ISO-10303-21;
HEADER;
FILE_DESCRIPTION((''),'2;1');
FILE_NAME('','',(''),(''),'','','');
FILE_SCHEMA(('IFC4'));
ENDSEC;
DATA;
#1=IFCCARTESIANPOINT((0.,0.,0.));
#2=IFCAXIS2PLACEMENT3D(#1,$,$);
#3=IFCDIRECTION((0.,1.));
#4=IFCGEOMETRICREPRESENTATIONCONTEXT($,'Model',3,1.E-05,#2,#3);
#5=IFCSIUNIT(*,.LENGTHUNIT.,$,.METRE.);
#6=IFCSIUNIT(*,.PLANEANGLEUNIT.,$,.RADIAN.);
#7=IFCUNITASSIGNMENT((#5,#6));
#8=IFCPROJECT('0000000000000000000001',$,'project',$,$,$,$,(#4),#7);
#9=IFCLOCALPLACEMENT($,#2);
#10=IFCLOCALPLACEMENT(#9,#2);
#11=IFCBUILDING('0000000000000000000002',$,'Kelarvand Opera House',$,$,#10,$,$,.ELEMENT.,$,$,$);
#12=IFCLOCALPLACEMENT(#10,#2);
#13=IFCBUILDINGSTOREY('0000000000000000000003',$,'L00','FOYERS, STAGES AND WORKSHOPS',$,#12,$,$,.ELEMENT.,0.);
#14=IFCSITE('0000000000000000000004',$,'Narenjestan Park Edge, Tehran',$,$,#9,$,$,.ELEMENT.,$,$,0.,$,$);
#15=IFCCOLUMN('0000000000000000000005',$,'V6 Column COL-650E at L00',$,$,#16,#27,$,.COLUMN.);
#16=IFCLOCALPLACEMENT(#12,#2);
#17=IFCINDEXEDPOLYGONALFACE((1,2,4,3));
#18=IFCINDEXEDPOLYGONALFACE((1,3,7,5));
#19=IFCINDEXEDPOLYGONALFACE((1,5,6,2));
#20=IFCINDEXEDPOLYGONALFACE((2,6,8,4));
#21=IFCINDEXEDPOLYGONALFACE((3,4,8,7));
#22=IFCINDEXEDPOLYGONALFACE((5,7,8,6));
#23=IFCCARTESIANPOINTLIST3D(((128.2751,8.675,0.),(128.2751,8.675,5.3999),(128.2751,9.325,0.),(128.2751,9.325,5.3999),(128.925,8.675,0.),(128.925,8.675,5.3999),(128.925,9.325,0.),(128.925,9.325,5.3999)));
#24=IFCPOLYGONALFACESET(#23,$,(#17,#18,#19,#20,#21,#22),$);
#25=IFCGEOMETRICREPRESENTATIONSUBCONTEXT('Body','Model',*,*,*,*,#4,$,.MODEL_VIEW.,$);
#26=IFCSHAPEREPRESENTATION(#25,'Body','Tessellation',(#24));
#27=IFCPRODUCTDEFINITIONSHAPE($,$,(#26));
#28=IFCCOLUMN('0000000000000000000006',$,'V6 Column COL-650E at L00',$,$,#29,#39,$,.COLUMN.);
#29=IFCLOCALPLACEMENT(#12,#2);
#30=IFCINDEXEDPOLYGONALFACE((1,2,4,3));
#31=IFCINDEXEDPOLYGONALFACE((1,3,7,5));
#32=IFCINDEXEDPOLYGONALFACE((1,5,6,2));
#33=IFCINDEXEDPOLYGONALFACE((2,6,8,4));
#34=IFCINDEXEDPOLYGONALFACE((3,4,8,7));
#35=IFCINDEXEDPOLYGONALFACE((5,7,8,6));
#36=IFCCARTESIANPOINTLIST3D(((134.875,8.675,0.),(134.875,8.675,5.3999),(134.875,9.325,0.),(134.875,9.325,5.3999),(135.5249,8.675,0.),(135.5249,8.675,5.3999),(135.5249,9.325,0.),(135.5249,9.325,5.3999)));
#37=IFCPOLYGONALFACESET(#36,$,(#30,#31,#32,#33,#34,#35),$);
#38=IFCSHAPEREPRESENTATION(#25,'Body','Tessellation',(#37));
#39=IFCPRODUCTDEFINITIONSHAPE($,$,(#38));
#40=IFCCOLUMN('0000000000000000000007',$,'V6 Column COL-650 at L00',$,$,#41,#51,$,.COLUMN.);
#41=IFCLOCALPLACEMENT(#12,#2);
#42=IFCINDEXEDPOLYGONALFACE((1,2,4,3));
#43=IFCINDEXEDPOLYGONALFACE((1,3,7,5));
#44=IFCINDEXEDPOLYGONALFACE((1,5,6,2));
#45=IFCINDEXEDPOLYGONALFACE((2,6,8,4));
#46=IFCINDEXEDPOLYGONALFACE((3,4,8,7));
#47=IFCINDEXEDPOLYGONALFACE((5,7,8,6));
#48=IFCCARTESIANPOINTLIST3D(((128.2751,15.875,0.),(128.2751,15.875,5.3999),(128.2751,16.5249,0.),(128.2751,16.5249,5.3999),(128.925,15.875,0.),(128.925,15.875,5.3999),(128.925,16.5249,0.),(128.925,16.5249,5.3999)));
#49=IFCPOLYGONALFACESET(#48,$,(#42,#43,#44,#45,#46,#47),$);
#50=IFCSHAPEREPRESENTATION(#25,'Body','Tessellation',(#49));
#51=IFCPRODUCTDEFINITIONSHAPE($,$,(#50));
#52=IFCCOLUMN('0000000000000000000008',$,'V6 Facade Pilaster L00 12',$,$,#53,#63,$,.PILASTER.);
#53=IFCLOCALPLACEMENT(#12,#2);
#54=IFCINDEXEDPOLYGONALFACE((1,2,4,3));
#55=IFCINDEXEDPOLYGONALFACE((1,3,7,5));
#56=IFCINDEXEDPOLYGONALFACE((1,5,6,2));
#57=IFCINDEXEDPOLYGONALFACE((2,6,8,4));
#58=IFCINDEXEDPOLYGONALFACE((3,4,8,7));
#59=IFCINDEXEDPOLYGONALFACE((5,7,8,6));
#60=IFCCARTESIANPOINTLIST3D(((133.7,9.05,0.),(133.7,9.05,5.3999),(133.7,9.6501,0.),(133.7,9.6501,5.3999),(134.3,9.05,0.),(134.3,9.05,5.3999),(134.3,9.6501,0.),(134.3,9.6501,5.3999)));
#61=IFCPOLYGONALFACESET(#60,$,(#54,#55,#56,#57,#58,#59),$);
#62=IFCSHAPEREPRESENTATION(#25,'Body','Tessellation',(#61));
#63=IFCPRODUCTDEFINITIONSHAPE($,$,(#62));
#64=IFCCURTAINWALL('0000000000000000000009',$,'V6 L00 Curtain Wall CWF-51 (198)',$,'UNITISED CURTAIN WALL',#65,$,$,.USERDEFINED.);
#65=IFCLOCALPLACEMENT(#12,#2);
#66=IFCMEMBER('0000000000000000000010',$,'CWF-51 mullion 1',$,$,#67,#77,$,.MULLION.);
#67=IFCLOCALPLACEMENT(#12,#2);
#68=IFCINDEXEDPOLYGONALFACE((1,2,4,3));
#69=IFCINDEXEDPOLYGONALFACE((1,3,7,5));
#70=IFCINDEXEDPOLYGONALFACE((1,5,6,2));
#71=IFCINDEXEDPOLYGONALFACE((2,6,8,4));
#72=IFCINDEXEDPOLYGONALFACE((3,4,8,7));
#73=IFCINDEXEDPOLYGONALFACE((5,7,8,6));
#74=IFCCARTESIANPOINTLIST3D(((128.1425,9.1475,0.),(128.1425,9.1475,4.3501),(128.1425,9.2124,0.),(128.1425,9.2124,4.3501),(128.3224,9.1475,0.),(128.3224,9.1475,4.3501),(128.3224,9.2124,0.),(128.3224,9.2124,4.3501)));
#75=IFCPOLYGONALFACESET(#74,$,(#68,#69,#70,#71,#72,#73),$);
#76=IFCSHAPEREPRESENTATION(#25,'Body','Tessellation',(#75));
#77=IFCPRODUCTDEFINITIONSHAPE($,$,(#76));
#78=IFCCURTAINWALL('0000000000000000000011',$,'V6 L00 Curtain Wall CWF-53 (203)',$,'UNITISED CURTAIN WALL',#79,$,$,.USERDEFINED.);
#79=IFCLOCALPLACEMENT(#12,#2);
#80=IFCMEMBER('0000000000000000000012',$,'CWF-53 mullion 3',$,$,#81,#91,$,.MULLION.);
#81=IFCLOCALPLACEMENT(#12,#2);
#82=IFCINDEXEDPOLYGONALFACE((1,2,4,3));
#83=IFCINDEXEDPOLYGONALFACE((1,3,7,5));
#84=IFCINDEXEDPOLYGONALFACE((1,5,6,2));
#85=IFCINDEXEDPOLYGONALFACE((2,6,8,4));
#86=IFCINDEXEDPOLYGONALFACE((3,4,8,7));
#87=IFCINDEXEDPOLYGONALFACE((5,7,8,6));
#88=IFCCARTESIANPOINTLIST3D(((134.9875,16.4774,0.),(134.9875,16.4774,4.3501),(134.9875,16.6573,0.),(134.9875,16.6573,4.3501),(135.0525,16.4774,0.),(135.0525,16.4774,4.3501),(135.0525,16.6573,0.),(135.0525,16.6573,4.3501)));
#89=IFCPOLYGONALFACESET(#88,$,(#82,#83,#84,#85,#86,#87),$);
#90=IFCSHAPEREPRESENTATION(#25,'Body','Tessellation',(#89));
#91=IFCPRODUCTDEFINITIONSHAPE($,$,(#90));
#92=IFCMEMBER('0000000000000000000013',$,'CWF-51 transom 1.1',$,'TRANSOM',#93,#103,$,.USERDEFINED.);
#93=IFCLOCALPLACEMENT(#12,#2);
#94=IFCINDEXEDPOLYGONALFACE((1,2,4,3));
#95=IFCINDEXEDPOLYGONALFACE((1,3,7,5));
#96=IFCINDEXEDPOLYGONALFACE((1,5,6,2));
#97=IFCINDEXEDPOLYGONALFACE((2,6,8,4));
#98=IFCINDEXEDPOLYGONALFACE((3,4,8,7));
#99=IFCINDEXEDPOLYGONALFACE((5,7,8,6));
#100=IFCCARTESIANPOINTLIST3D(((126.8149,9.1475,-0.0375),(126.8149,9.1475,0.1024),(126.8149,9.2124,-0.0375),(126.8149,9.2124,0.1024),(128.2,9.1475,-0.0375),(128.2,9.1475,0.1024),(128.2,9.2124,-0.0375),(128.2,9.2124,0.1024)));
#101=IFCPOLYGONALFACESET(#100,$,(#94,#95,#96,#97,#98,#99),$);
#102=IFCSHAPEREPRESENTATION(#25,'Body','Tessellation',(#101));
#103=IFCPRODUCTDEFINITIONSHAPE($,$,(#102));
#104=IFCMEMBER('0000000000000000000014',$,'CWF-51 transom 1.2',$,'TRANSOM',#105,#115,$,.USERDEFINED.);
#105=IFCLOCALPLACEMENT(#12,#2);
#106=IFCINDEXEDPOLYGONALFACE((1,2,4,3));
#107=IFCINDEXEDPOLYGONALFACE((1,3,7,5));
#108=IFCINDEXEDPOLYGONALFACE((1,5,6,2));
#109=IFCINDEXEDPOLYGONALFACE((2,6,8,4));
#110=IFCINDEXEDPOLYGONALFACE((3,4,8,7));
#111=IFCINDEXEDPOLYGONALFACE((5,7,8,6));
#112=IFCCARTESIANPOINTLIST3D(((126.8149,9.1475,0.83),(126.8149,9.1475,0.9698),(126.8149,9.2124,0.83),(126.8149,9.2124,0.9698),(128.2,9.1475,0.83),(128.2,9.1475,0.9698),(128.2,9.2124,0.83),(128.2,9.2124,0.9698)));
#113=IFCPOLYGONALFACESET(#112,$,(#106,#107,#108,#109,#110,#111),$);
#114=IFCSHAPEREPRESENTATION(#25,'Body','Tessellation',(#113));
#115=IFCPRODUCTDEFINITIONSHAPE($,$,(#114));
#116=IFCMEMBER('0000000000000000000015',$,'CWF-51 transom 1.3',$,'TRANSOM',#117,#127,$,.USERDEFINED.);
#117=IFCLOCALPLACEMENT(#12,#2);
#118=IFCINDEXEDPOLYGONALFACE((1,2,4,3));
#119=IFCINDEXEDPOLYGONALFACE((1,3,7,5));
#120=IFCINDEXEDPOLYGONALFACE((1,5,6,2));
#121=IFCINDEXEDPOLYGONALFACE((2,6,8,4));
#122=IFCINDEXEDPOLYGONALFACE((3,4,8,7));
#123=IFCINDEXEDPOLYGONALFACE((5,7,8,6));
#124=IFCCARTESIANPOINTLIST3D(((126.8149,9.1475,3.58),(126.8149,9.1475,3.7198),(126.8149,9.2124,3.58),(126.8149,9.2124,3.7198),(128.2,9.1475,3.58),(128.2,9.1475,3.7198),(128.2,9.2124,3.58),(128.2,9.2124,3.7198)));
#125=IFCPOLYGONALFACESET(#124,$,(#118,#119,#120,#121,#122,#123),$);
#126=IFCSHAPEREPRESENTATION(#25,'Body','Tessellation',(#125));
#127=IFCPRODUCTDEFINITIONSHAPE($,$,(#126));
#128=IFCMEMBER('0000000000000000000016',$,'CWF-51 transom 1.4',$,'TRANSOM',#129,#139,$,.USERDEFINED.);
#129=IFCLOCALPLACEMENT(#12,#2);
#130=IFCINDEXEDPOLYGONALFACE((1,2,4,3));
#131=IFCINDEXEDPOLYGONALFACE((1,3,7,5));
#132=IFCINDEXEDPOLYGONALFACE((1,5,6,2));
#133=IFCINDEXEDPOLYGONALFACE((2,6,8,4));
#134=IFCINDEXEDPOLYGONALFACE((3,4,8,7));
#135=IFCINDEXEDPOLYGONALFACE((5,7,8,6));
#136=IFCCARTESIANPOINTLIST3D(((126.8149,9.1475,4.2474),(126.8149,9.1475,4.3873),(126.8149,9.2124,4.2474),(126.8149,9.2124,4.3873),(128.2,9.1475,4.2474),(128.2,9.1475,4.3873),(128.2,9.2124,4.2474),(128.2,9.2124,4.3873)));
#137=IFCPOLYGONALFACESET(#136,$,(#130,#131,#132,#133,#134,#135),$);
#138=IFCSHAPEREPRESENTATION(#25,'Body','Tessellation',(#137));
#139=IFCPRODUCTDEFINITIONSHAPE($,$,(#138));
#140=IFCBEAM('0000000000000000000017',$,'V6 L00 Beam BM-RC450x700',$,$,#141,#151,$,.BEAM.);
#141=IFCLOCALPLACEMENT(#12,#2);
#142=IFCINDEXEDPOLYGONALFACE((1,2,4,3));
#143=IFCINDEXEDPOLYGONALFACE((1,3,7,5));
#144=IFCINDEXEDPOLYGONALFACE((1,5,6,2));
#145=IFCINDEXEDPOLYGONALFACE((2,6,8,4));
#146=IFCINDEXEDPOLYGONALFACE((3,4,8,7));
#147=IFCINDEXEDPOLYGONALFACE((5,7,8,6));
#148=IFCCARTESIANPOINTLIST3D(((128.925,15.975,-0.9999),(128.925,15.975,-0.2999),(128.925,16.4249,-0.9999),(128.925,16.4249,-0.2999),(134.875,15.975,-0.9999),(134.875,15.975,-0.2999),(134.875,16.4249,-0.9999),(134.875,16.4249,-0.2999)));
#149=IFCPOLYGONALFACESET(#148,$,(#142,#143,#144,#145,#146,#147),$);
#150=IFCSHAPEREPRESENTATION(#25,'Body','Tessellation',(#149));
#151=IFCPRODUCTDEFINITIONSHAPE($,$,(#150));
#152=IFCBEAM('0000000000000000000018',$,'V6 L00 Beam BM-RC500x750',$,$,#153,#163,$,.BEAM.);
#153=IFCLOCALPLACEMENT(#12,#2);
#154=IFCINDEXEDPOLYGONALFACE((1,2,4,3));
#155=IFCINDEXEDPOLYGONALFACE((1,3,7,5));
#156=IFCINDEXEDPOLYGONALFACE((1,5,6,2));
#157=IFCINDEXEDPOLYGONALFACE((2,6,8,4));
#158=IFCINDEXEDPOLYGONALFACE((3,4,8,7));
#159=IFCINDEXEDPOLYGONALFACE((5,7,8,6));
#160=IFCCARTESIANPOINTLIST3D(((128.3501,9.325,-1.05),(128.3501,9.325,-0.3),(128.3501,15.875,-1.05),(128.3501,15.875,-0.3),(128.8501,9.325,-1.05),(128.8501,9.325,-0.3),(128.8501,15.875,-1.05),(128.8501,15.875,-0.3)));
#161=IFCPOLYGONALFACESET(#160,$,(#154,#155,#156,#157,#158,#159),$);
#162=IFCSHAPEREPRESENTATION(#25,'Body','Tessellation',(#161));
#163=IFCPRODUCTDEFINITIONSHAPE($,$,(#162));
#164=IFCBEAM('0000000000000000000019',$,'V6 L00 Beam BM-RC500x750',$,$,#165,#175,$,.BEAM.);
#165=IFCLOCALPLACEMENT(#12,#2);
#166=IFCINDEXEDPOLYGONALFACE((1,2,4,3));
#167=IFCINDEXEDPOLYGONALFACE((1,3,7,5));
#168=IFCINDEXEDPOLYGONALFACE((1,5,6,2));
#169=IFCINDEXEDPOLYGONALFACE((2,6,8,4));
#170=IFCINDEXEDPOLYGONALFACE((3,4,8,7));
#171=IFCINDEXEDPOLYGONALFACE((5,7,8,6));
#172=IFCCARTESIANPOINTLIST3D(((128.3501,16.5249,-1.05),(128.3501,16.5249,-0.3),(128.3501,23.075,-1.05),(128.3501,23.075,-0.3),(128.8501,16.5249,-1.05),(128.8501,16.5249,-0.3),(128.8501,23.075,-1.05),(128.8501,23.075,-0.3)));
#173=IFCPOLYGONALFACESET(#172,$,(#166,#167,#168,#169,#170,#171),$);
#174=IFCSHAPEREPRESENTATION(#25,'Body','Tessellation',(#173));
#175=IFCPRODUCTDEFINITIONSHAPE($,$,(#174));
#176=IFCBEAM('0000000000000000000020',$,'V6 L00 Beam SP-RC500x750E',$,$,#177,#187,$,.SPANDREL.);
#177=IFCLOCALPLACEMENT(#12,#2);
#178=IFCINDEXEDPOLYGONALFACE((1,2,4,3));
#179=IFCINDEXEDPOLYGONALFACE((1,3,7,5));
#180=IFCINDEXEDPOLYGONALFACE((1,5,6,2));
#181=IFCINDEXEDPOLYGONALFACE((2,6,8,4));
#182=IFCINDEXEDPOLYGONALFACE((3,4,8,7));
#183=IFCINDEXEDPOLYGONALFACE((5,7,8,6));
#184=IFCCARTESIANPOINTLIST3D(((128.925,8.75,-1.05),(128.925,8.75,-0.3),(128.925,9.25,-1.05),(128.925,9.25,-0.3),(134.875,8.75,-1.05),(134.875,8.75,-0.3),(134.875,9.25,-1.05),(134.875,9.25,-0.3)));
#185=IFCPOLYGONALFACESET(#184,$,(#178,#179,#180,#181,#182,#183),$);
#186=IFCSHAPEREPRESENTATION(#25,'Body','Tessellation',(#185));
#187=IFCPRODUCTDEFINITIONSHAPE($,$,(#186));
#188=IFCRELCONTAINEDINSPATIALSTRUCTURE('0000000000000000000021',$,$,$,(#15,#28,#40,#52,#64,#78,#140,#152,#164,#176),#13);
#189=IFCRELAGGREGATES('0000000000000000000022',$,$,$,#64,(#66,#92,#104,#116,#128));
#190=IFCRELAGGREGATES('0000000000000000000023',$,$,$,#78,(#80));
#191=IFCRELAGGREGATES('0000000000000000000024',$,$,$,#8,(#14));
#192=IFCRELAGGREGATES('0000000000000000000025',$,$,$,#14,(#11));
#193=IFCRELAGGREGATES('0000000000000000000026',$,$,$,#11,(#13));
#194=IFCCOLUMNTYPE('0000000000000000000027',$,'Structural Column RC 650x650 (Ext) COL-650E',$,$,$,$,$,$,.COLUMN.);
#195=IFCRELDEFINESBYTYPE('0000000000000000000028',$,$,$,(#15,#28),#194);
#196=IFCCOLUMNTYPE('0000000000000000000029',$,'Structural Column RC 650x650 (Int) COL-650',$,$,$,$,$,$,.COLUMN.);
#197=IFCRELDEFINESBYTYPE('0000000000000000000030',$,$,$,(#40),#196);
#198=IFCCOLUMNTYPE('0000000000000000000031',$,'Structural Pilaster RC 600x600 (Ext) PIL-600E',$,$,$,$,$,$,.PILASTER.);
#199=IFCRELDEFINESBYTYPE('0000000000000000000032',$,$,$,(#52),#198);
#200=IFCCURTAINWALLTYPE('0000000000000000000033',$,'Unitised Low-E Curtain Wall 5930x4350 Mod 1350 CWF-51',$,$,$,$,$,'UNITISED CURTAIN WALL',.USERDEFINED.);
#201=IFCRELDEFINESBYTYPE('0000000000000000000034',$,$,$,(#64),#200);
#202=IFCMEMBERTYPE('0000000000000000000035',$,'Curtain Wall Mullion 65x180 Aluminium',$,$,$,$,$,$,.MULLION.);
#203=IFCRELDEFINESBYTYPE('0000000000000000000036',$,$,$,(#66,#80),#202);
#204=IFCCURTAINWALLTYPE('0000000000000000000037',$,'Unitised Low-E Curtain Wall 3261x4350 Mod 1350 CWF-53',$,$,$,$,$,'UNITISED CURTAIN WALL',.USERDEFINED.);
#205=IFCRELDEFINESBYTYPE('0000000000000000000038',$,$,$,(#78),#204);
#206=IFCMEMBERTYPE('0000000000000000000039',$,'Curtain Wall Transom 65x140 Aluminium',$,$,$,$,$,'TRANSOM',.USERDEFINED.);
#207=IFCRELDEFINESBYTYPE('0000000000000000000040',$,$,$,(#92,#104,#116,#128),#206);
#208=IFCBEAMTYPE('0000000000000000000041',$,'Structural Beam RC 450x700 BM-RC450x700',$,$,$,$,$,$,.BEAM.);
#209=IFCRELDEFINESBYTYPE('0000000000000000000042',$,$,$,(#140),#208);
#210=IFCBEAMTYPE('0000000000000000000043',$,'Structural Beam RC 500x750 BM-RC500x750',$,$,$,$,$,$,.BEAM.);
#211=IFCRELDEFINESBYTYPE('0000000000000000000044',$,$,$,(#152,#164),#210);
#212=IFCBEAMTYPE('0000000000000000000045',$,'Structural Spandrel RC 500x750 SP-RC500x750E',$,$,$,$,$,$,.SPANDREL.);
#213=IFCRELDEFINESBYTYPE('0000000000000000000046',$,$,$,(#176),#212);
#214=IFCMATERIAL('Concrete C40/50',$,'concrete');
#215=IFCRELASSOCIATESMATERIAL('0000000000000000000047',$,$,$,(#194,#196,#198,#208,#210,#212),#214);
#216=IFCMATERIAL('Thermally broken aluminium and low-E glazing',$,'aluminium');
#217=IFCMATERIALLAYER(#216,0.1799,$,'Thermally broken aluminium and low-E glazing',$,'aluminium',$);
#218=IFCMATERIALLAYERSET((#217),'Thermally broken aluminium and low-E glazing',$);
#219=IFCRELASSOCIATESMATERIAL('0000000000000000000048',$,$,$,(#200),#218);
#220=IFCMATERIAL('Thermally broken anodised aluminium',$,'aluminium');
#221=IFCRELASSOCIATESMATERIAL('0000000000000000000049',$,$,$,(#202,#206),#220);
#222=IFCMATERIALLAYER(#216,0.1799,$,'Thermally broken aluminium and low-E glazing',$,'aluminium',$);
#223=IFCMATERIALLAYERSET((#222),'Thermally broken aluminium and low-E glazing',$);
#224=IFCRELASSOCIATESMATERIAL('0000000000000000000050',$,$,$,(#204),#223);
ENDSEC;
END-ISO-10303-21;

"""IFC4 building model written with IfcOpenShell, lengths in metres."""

from ifc_helpers import new_model, si_unit, direction, frame, origin, origin_2d, place, context, subcontext, project, spatial, rectangle, extrude, material, layer, layer_set, material_profile, profile_set, type_object, element, aggregate, save


model = new_model("IFC4")

# Units and contexts
model_context = context("Model", 3, precision=1e-05, world=origin(), true_north=direction((0.0, 1.0)))
body_context = subcontext(model_context, "Body", "Model", "MODEL_VIEW")
ifc_project = project(units=[si_unit("LENGTHUNIT", "METRE"), si_unit("PLANEANGLEUNIT", "RADIAN")], contexts=[model_context])

# Site, building, storey
site_placement = place(None, origin())
site = spatial("IfcSite", under=ifc_project, at=site_placement, Name="Narenjestan Park Edge, Tehran", CompositionType="ELEMENT", RefElevation=0.0)
building_placement = place(site_placement, origin())
building = spatial("IfcBuilding", under=site, at=building_placement, Name="Kelarvand Opera House", CompositionType="ELEMENT")
storey_placement = place(building_placement, origin())
storey = spatial("IfcBuildingStorey", under=building, at=storey_placement, Name="L00", Description="FOYERS, STAGES AND WORKSHOPS", CompositionType="ELEMENT", Elevation=0.0)

# Columns
ifc_material_1 = material(Name="Concrete C40/50", Category="concrete")
ifc_material_profile_1 = material_profile(ifc_material_1, rectangle(XDim=0.6499, YDim=0.6499, at=origin_2d()), Name="RC 650x650", Category="concrete")
ifc_profile_set_1 = profile_set([ifc_material_profile_1], Name="Concrete C40/50")
column_type_1 = type_object("IfcColumnType", Name="Structural Column RC 650x650 (Ext) COL-650E", PredefinedType="COLUMN", material=ifc_profile_set_1)
for number, where, z_axis, x_axis, name in (
    (1, (128.6001, 9.0, 0.0), (0.0, 0.0, 1.0), (1.0, 0.0, 0.0), "V6 Column COL-650E at L00"),
    (2, (135.2, 9.0, 0.0), (0.0, 0.0, 1.0), (1.0, 0.0, 0.0), "V6 Column COL-650E at L00"),
):
    element("IfcColumn", number, at=place(storey_placement, frame(where, z_axis=z_axis, x_axis=x_axis)), inside=storey, type_object=column_type_1, Name=name, PredefinedType="COLUMN", context=body_context, shape_type="SweptSolid", body=[
        extrude(rectangle(XDim=0.6499, YDim=0.6499, at=origin_2d()), origin(), (0.0, 0.0, 1.0), 5.3999),
    ])
ifc_material_profile_2 = material_profile(ifc_material_1, rectangle(XDim=0.6499, YDim=0.6499, at=origin_2d()), Name="RC 650x650", Category="concrete")
ifc_profile_set_2 = profile_set([ifc_material_profile_2], Name="Concrete C40/50")
column_type_2 = type_object("IfcColumnType", Name="Structural Column RC 650x650 (Int) COL-650", PredefinedType="COLUMN", material=ifc_profile_set_2)
column_1_placement = place(storey_placement, frame((128.6001, 16.2, 0.0), z_axis=(0.0, 0.0, 1.0), x_axis=(1.0, 0.0, 0.0)))
element("IfcColumn", 3, at=column_1_placement, inside=storey, type_object=column_type_2, Name="V6 Column COL-650 at L00", PredefinedType="COLUMN", context=body_context, shape_type="SweptSolid", body=[
    extrude(rectangle(XDim=0.6499, YDim=0.6499, at=origin_2d()), origin(), (0.0, 0.0, 1.0), 5.3999),
])
ifc_material_profile_3 = material_profile(ifc_material_1, rectangle(XDim=0.6001, YDim=0.6001, at=origin_2d()), Name="RC 600x600", Category="concrete")
ifc_profile_set_3 = profile_set([ifc_material_profile_3], Name="Concrete C40/50")
column_type_3 = type_object("IfcColumnType", Name="Structural Pilaster RC 600x600 (Ext) PIL-600E", PredefinedType="PILASTER", material=ifc_profile_set_3)
column_2_placement = place(storey_placement, frame((134.0, 9.3501, 0.0), z_axis=(0.0, 0.0, 1.0), x_axis=(1.0, 0.0, 0.0)))
element("IfcColumn", 4, at=column_2_placement, inside=storey, type_object=column_type_3, Name="V6 Facade Pilaster L00 12", PredefinedType="PILASTER", context=body_context, shape_type="SweptSolid", body=[
    extrude(rectangle(XDim=0.6001, YDim=0.6001, at=origin_2d()), origin(), (0.0, 0.0, 1.0), 5.3999),
])

# Curtain walls, members
ifc_material_2 = material(Name="Thermally broken aluminium and low-E glazing", Category="aluminium")
ifc_layer_1 = layer(ifc_material_2, 0.1799, Name="Thermally broken aluminium and low-E glazing", Category="aluminium")
ifc_layer_set_1 = layer_set([ifc_layer_1], Name="Thermally broken aluminium and low-E glazing")
curtain_wall_type_1 = type_object("IfcCurtainWallType", Name="Unitised Low-E Curtain Wall 5930x4350 Mod 1350 CWF-51", ElementType="UNITISED CURTAIN WALL", PredefinedType="USERDEFINED", material=ifc_layer_set_1)
curtain_wall_1_placement = place(storey_placement, origin())
curtain_wall_1 = element("IfcCurtainWall", 5, at=curtain_wall_1_placement, inside=storey, type_object=curtain_wall_type_1, Name="V6 L00 Curtain Wall CWF-51 (198)", ObjectType="UNITISED CURTAIN WALL", PredefinedType="USERDEFINED")
ifc_material_3 = material(Name="Thermally broken anodised aluminium", Category="aluminium")
ifc_material_profile_4 = material_profile(ifc_material_3, rectangle(XDim=0.0649, YDim=0.1799, at=origin_2d()), Name="ALU MULLION 65x180", Category="aluminium")
ifc_profile_set_4 = profile_set([ifc_material_profile_4], Name="Thermally broken anodised aluminium")
member_type_1 = type_object("IfcMemberType", Name="Curtain Wall Mullion 65x180 Aluminium", PredefinedType="MULLION", material=ifc_profile_set_4)
member_1_placement = place(storey_placement, frame((128.2324, 9.1799, 0.0), z_axis=(0.0, 0.0, 1.0), x_axis=(0.0, -1.0, 0.0)))
member_1 = element("IfcMember", 6, at=member_1_placement, type_object=member_type_1, Name="CWF-51 mullion 1", PredefinedType="MULLION", context=body_context, shape_type="SweptSolid", body=[
    extrude(rectangle(XDim=0.0649, YDim=0.1799, at=origin_2d()), origin(), (0.0, 0.0, 1.0), 4.3501),
])
ifc_layer_2 = layer(ifc_material_2, 0.1799, Name="Thermally broken aluminium and low-E glazing", Category="aluminium")
ifc_layer_set_2 = layer_set([ifc_layer_2], Name="Thermally broken aluminium and low-E glazing")
curtain_wall_type_2 = type_object("IfcCurtainWallType", Name="Unitised Low-E Curtain Wall 3261x4350 Mod 1350 CWF-53", ElementType="UNITISED CURTAIN WALL", PredefinedType="USERDEFINED", material=ifc_layer_set_2)
curtain_wall_2_placement = place(storey_placement, origin())
curtain_wall_2 = element("IfcCurtainWall", 7, at=curtain_wall_2_placement, inside=storey, type_object=curtain_wall_type_2, Name="V6 L00 Curtain Wall CWF-53 (203)", ObjectType="UNITISED CURTAIN WALL", PredefinedType="USERDEFINED")
member_2_placement = place(storey_placement, frame((135.02, 16.5674, 0.0), z_axis=(0.0, 0.0, 1.0), x_axis=(1.0, 0.0, 0.0)))
member_2 = element("IfcMember", 8, at=member_2_placement, type_object=member_type_1, Name="CWF-53 mullion 3", PredefinedType="MULLION", context=body_context, shape_type="SweptSolid", body=[
    extrude(rectangle(XDim=0.0649, YDim=0.1799, at=origin_2d()), origin(), (0.0, 0.0, 1.0), 4.3501),
])

# Members
ifc_material_profile_5 = material_profile(ifc_material_3, rectangle(XDim=0.0649, YDim=0.1399, at=origin_2d()), Name="ALU TRANSOM 65x140", Category="aluminium")
ifc_profile_set_5 = profile_set([ifc_material_profile_5], Name="Thermally broken anodised aluminium")
member_type_2 = type_object("IfcMemberType", Name="Curtain Wall Transom 65x140 Aluminium", ElementType="TRANSOM", PredefinedType="USERDEFINED", material=ifc_profile_set_5)
member_3_placement = place(storey_placement, frame((128.2, 9.1799, 0.0325), z_axis=(-1.0, 0.0, 0.0), x_axis=(0.0, -1.0, 0.0)))
member_3 = element("IfcMember", 9, at=member_3_placement, type_object=member_type_2, Name="CWF-51 transom 1.1", ObjectType="TRANSOM", PredefinedType="USERDEFINED", context=body_context, shape_type="SweptSolid", body=[
    extrude(rectangle(XDim=0.0649, YDim=0.1399, at=origin_2d()), origin(), (0.0, 0.0, 1.0), 1.385),
])
member_4_placement = place(storey_placement, frame((128.2, 9.1799, 0.8999), z_axis=(-1.0, 0.0, 0.0), x_axis=(0.0, -1.0, 0.0)))
member_4 = element("IfcMember", 10, at=member_4_placement, type_object=member_type_2, Name="CWF-51 transom 1.2", ObjectType="TRANSOM", PredefinedType="USERDEFINED", context=body_context, shape_type="SweptSolid", body=[
    extrude(rectangle(XDim=0.0649, YDim=0.1399, at=origin_2d()), origin(), (0.0, 0.0, 1.0), 1.385),
])
member_5_placement = place(storey_placement, frame((128.2, 9.1799, 3.6499), z_axis=(-1.0, 0.0, 0.0), x_axis=(0.0, -1.0, 0.0)))
member_5 = element("IfcMember", 11, at=member_5_placement, type_object=member_type_2, Name="CWF-51 transom 1.3", ObjectType="TRANSOM", PredefinedType="USERDEFINED", context=body_context, shape_type="SweptSolid", body=[
    extrude(rectangle(XDim=0.0649, YDim=0.1399, at=origin_2d()), origin(), (0.0, 0.0, 1.0), 1.385),
])
member_6_placement = place(storey_placement, frame((128.2, 9.1799, 4.3174), z_axis=(-1.0, 0.0, 0.0), x_axis=(0.0, -1.0, 0.0)))
member_6 = element("IfcMember", 12, at=member_6_placement, type_object=member_type_2, Name="CWF-51 transom 1.4", ObjectType="TRANSOM", PredefinedType="USERDEFINED", context=body_context, shape_type="SweptSolid", body=[
    extrude(rectangle(XDim=0.0649, YDim=0.1399, at=origin_2d()), origin(), (0.0, 0.0, 1.0), 1.385),
])
aggregate(curtain_wall_1, [member_1, member_3, member_4, member_5, member_6])

# Beams
ifc_material_profile_6 = material_profile(ifc_material_1, rectangle(XDim=0.45, YDim=0.7, at=origin_2d()), Name="RC 450x700", Category="concrete")
ifc_profile_set_6 = profile_set([ifc_material_profile_6], Name="Concrete C40/50")
beam_type_1 = type_object("IfcBeamType", Name="Structural Beam RC 450x700 BM-RC450x700", PredefinedType="BEAM", material=ifc_profile_set_6)
beam_1_placement = place(storey_placement, frame((128.925, 16.2, -0.6499), z_axis=(1.0, 0.0, 0.0), x_axis=(0.0, 1.0, 0.0)))
element("IfcBeam", 13, at=beam_1_placement, inside=storey, type_object=beam_type_1, Name="V6 L00 Beam BM-RC450x700", PredefinedType="BEAM", context=body_context, shape_type="SweptSolid", body=[
    extrude(rectangle(XDim=0.45, YDim=0.7, at=origin_2d()), origin(), (0.0, 0.0, 1.0), 5.95),
])
ifc_material_profile_7 = material_profile(ifc_material_1, rectangle(XDim=0.5, YDim=0.75, at=origin_2d()), Name="RC 500x750", Category="concrete")
ifc_profile_set_7 = profile_set([ifc_material_profile_7], Name="Concrete C40/50")
beam_type_2 = type_object("IfcBeamType", Name="Structural Beam RC 500x750 BM-RC500x750", PredefinedType="BEAM", material=ifc_profile_set_7)
for number, where, z_axis, x_axis, name in (
    (14, (128.6001, 9.325, -0.675), (0.0, 1.0, 0.0), (-1.0, 0.0, 0.0), "V6 L00 Beam BM-RC500x750"),
    (15, (128.6001, 16.5249, -0.675), (0.0, 1.0, 0.0), (-1.0, 0.0, 0.0), "V6 L00 Beam BM-RC500x750"),
):
    element("IfcBeam", number, at=place(storey_placement, frame(where, z_axis=z_axis, x_axis=x_axis)), inside=storey, type_object=beam_type_2, Name=name, PredefinedType="BEAM", context=body_context, shape_type="SweptSolid", body=[
        extrude(rectangle(XDim=0.5, YDim=0.75, at=origin_2d()), origin(), (0.0, 0.0, 1.0), 6.55),
    ])
ifc_material_profile_8 = material_profile(ifc_material_1, rectangle(XDim=0.5, YDim=0.75, at=origin_2d()), Name="RC 500x750", Category="concrete")
ifc_profile_set_8 = profile_set([ifc_material_profile_8], Name="Concrete C40/50")
beam_type_3 = type_object("IfcBeamType", Name="Structural Spandrel RC 500x750 SP-RC500x750E", PredefinedType="SPANDREL", material=ifc_profile_set_8)
beam_2_placement = place(storey_placement, frame((128.925, 9.0, -0.675), z_axis=(1.0, 0.0, 0.0), x_axis=(0.0, 1.0, 0.0)))
element("IfcBeam", 16, at=beam_2_placement, inside=storey, type_object=beam_type_3, Name="V6 L00 Beam SP-RC500x750E", PredefinedType="SPANDREL", context=body_context, shape_type="SweptSolid", body=[
    extrude(rectangle(XDim=0.5, YDim=0.75, at=origin_2d()), origin(), (0.0, 0.0, 1.0), 5.95),
])

aggregate(curtain_wall_2, [member_2])

save(model, "model.ifc")
